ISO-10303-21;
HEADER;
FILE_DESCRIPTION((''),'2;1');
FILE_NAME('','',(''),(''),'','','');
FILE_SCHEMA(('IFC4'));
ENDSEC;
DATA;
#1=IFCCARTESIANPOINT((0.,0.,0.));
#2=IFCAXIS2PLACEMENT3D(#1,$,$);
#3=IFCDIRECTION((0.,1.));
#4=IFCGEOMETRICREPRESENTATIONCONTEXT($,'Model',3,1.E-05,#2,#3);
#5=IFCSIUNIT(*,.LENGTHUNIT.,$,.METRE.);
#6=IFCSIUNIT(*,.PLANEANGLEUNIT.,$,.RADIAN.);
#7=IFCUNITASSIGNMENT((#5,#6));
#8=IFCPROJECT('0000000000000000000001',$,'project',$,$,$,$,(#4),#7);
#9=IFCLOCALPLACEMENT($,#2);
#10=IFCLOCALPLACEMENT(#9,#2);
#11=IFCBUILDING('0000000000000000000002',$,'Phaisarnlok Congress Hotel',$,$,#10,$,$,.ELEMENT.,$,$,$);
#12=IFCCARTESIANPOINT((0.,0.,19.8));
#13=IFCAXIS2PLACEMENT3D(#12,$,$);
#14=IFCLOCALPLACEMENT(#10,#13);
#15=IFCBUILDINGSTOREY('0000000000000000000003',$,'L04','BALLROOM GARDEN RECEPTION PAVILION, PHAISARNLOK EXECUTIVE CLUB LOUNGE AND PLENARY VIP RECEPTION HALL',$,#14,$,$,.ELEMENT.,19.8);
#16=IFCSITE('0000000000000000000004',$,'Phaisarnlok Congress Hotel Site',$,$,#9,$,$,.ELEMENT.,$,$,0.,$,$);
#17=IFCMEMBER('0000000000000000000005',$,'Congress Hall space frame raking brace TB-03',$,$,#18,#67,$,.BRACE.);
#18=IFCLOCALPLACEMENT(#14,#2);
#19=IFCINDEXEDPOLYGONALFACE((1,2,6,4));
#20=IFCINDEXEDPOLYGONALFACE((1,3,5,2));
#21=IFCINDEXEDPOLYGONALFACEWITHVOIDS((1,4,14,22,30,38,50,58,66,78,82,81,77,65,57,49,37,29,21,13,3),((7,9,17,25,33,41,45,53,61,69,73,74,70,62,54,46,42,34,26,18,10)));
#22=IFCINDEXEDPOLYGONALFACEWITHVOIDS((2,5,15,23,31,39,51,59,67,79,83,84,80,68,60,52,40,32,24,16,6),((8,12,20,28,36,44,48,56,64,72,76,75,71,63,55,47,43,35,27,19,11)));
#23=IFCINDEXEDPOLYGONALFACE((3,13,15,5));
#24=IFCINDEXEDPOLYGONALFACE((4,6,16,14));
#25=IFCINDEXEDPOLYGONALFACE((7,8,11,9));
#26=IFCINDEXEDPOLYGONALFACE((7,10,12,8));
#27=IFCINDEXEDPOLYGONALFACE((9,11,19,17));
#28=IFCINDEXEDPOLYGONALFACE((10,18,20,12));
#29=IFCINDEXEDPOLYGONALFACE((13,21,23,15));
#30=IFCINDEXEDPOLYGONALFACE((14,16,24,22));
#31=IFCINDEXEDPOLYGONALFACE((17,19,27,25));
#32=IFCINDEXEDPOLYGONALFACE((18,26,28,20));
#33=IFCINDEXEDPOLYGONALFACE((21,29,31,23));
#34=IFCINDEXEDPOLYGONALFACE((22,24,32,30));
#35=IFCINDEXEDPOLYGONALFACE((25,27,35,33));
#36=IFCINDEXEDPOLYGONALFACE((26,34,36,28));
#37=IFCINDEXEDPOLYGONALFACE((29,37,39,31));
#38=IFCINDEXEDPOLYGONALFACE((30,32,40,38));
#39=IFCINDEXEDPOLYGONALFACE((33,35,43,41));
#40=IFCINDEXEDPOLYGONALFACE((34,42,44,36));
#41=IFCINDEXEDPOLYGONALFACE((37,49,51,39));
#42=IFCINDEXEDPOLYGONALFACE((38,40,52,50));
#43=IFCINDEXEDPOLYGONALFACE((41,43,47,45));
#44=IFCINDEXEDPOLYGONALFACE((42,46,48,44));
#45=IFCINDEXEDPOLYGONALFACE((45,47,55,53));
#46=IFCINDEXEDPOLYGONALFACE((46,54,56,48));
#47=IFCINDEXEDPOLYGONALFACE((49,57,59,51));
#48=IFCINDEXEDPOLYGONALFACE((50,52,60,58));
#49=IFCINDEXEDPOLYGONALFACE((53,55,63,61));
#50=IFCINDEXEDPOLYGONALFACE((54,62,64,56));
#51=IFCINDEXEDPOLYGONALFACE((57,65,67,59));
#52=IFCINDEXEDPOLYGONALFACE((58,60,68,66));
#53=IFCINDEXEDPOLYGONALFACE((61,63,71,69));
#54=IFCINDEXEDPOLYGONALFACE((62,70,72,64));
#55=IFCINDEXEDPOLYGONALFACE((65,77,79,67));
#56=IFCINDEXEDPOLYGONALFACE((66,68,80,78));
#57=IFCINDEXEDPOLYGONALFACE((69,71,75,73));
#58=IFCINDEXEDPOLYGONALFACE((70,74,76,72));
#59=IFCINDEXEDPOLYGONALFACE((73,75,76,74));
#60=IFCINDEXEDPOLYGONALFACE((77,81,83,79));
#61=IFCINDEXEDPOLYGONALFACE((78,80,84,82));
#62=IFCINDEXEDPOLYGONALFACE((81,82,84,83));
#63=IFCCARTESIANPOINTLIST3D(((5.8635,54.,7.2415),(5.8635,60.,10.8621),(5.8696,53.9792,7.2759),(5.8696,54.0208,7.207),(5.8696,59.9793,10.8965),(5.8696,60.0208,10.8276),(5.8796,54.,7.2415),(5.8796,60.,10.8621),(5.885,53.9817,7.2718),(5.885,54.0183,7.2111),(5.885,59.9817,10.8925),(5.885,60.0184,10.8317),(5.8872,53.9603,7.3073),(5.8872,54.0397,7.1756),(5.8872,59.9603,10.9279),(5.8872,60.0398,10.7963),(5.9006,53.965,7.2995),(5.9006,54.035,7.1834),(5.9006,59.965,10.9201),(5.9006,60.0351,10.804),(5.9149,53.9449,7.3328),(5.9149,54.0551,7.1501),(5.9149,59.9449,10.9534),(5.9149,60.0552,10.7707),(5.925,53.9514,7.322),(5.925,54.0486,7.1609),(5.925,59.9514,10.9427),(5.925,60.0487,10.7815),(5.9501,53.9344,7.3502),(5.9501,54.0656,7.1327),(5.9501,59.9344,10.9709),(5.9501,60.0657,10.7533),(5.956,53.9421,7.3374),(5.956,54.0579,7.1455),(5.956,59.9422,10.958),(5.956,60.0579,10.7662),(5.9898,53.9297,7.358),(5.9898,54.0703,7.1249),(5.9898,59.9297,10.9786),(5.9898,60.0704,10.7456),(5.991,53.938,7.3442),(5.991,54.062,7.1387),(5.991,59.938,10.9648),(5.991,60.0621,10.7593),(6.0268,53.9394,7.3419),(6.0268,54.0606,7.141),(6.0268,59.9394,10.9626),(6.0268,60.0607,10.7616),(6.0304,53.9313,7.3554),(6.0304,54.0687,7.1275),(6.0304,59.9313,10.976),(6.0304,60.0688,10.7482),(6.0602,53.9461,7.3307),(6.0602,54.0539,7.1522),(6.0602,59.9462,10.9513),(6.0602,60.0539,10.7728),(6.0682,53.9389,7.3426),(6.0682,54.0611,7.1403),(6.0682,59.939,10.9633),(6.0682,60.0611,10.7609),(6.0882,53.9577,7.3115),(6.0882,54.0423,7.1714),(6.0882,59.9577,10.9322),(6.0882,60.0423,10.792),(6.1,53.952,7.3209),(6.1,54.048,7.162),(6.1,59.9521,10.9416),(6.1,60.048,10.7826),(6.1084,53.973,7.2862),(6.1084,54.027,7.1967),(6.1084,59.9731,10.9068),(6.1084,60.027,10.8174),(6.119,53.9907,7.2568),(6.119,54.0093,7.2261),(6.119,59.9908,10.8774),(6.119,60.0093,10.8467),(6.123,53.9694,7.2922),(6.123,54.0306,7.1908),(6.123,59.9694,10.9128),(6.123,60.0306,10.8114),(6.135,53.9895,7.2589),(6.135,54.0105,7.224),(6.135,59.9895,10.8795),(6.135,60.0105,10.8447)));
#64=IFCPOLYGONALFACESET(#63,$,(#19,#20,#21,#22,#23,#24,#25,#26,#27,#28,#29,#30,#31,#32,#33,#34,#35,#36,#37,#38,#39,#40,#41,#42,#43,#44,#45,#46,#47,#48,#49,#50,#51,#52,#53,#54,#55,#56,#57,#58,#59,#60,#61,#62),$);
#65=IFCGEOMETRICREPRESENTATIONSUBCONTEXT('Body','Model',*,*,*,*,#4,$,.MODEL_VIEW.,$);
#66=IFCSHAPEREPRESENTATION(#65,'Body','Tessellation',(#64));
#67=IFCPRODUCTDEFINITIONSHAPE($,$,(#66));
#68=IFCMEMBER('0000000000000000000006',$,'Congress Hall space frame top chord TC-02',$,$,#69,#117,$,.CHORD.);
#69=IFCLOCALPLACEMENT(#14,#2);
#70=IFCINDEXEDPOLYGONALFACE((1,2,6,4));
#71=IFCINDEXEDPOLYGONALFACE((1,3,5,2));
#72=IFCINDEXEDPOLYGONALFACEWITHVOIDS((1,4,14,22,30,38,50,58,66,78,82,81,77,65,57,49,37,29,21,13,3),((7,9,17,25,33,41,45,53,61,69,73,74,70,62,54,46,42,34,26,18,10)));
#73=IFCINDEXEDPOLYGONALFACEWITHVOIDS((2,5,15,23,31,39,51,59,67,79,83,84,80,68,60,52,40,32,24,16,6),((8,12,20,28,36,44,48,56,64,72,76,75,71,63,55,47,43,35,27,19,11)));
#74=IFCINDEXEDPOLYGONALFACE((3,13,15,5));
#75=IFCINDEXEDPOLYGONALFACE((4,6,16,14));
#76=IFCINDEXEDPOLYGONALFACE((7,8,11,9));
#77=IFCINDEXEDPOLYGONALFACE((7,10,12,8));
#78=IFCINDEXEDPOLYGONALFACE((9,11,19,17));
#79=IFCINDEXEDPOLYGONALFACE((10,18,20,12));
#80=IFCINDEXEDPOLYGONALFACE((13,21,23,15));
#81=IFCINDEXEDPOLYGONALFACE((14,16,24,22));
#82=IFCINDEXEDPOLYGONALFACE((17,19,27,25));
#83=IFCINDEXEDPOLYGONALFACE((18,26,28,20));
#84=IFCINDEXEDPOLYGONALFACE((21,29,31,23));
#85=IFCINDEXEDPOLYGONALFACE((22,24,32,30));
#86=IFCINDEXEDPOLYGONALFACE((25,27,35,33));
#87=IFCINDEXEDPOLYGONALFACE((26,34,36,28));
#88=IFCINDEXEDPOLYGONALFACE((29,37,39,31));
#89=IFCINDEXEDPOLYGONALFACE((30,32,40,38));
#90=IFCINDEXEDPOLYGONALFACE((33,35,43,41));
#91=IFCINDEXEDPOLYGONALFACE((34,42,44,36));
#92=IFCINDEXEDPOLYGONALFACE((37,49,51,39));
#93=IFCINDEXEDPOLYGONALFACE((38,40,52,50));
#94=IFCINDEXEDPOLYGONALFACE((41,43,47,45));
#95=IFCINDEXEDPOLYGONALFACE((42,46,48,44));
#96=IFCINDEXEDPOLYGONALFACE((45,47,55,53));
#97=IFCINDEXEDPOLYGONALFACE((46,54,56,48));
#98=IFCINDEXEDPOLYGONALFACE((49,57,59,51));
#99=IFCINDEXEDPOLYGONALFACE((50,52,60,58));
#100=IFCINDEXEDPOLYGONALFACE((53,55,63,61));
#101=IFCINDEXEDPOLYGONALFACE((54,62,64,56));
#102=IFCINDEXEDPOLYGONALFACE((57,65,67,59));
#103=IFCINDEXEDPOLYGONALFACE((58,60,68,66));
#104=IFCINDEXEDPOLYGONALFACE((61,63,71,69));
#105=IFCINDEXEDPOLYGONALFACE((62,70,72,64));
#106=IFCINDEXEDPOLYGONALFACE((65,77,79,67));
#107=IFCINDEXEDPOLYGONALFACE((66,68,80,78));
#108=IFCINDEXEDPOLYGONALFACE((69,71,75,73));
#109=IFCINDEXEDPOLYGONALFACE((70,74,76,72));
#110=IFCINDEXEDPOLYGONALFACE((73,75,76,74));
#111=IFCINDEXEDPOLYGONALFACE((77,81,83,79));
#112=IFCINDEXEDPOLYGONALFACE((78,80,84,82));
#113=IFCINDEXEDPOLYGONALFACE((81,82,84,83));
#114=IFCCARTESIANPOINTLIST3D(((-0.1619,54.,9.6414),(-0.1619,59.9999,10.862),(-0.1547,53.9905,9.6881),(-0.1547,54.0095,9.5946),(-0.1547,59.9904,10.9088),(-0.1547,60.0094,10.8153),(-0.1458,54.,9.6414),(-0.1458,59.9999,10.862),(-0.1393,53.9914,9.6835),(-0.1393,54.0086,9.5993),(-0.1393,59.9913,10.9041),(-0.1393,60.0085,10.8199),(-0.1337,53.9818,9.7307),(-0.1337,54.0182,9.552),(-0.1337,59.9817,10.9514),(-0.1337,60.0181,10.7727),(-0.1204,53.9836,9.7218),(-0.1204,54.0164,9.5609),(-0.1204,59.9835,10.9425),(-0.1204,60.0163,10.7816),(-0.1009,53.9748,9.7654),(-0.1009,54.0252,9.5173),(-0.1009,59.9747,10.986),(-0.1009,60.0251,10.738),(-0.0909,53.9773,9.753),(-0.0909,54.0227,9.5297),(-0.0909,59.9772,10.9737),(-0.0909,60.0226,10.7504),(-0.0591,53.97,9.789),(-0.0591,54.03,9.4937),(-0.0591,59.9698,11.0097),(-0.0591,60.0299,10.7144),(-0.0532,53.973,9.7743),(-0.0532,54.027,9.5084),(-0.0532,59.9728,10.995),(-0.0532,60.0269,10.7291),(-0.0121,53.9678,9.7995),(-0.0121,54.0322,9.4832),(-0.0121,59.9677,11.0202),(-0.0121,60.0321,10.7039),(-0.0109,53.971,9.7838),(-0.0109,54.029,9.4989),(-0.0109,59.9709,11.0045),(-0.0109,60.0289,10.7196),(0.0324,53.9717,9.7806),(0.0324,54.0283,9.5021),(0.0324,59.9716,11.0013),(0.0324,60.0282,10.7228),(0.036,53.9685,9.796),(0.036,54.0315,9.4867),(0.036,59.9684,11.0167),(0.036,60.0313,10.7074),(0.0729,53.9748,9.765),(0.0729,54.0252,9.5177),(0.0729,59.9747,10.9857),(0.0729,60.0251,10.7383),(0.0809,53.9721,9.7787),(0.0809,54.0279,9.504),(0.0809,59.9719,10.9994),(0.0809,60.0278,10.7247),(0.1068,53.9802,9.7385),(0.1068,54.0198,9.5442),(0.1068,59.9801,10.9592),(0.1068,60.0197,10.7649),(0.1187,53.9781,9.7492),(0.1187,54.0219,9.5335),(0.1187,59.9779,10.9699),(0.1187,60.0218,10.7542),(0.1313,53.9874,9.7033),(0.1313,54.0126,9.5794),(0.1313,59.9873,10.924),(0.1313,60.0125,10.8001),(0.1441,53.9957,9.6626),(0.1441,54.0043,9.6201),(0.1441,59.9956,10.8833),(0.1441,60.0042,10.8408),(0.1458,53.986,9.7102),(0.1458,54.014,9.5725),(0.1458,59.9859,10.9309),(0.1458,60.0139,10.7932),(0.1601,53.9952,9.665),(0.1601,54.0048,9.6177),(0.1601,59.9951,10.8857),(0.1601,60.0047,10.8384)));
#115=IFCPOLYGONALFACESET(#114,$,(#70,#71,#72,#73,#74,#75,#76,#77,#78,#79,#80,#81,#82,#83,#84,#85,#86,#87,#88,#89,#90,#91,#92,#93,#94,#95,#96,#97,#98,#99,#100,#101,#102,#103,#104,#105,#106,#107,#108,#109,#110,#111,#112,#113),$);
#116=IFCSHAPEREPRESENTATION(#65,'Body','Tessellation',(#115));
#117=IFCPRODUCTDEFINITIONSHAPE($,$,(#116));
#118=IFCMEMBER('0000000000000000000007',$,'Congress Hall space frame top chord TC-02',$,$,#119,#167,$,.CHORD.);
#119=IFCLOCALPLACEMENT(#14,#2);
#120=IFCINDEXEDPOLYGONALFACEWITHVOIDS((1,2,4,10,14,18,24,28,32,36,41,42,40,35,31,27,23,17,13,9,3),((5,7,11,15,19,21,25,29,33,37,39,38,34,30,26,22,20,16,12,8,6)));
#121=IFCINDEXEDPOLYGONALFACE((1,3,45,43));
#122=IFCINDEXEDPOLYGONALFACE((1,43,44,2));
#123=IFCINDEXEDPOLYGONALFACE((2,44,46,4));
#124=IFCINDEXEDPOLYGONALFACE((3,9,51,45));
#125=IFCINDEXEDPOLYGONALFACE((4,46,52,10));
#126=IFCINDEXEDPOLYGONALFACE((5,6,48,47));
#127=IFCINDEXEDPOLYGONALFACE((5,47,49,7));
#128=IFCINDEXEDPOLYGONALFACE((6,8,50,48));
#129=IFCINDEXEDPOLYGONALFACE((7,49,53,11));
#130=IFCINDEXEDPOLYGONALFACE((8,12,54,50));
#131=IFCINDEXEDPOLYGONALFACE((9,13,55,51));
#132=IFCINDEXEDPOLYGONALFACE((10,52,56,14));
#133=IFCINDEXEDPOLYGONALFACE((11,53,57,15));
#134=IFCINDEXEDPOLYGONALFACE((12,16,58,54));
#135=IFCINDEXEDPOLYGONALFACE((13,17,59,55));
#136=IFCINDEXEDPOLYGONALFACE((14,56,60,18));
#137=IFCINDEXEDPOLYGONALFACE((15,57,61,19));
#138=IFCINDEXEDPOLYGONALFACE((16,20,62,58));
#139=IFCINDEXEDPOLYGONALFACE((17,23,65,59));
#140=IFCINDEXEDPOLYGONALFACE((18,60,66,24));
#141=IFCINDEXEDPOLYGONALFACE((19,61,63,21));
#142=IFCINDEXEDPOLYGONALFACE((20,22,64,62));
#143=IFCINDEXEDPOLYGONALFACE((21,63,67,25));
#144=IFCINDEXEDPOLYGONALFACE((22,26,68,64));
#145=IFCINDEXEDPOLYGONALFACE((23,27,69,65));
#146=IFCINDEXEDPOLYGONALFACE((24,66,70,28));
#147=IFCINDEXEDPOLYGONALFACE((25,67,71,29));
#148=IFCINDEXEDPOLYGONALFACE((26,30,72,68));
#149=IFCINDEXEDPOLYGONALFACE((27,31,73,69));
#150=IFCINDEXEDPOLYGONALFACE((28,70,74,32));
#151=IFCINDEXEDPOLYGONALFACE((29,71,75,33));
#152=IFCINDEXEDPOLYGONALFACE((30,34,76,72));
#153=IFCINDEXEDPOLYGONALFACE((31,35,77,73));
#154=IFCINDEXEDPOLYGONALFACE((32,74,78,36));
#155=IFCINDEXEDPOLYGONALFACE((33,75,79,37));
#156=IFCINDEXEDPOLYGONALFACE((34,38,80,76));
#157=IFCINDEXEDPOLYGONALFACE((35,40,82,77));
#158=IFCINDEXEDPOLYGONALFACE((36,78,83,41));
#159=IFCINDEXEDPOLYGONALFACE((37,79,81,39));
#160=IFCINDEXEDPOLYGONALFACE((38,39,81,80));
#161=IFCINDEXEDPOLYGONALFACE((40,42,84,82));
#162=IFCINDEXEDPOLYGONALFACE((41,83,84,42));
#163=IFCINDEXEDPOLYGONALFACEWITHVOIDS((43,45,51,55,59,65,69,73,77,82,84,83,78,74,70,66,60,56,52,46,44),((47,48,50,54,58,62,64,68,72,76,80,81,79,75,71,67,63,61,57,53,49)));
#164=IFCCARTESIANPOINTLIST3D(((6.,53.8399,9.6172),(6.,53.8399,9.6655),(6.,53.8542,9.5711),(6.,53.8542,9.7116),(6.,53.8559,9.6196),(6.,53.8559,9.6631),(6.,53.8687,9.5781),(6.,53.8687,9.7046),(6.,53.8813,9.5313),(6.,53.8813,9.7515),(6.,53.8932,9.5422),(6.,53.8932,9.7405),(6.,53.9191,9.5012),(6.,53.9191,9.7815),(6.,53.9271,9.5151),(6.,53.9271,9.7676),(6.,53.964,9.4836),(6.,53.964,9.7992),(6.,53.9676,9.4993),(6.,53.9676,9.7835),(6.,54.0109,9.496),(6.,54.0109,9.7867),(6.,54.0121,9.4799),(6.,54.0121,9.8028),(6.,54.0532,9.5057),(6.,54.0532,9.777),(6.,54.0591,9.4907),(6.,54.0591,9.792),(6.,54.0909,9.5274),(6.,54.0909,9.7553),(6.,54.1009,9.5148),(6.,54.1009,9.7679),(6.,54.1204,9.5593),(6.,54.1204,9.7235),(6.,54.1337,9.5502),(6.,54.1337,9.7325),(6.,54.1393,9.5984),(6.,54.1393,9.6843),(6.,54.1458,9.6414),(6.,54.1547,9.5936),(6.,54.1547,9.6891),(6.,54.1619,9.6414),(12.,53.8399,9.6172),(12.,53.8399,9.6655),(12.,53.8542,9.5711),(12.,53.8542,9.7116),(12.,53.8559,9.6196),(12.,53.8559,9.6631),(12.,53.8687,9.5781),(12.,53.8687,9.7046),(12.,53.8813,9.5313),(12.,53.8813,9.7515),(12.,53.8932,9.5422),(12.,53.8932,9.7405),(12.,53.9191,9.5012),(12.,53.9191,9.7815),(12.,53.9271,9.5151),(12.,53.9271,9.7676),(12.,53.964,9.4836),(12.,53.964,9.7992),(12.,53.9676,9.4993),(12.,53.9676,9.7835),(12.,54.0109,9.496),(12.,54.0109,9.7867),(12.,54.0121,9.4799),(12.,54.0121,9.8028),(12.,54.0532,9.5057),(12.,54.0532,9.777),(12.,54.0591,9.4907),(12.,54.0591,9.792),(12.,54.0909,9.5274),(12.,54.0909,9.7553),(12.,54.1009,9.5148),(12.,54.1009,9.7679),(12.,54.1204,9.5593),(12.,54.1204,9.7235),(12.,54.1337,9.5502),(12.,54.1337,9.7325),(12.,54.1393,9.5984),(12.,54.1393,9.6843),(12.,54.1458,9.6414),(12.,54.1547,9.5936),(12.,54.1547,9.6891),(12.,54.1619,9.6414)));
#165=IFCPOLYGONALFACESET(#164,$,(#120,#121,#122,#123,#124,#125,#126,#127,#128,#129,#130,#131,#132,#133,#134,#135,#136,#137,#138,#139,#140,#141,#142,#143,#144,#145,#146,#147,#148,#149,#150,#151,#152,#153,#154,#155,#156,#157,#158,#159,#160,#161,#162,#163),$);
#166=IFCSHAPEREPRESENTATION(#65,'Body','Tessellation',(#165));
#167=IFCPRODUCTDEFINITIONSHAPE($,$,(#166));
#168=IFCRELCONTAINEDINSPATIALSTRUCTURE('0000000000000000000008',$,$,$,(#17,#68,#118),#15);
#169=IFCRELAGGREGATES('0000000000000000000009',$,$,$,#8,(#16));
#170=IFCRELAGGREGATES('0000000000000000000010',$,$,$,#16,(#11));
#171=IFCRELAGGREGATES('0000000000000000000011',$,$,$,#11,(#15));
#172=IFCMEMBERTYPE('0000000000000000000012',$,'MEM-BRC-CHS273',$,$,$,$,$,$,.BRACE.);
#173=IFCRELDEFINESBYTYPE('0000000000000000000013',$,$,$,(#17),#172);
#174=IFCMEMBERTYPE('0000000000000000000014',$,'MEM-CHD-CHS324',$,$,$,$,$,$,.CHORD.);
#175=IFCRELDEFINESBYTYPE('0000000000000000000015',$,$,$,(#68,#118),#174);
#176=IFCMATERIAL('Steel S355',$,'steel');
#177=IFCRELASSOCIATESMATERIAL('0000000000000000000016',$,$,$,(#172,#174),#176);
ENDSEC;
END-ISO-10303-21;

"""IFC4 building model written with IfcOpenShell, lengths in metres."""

from ifc_helpers import new_model, si_unit, direction, frame, origin, origin_2d, place, context, subcontext, project, spatial, hollow_circle, extrude, material, material_profile, profile_set, type_object, element, save


model = new_model("IFC4")

# Units and contexts
model_context = context("Model", 3, precision=1e-05, world=origin(), true_north=direction((0.0, 1.0)))
body_context = subcontext(model_context, "Body", "Model", "MODEL_VIEW")
ifc_project = project(units=[si_unit("LENGTHUNIT", "METRE"), si_unit("PLANEANGLEUNIT", "RADIAN")], contexts=[model_context])

# Site, building, storey
site_placement = place(None, origin())
site = spatial("IfcSite", under=ifc_project, at=site_placement, Name="Phaisarnlok Congress Hotel Site", CompositionType="ELEMENT", RefElevation=0.0)
building_placement = place(site_placement, origin())
building = spatial("IfcBuilding", under=site, at=building_placement, Name="Phaisarnlok Congress Hotel", CompositionType="ELEMENT")
storey_placement = place(building_placement, frame((0.0, 0.0, 19.8)))
storey = spatial("IfcBuildingStorey", under=building, at=storey_placement, Name="L04", Description="BALLROOM GARDEN RECEPTION PAVILION, PHAISARNLOK EXECUTIVE CLUB LOUNGE AND PLENARY VIP RECEPTION HALL", CompositionType="ELEMENT", Elevation=19.8)

# Members
ifc_material_1 = material(Name="Steel S355", Category="steel")
ifc_material_profile_1 = material_profile(ifc_material_1, hollow_circle(Radius=0.1365, WallThickness=0.0161, at=origin_2d()), Name="CHS 273x16")
ifc_profile_set_1 = profile_set([ifc_material_profile_1], Name="Steel S355")
member_type_1 = type_object("IfcMemberType", Name="MEM-BRC-CHS273", PredefinedType="BRACE", material=ifc_profile_set_1)
for number, where, z_axis, x_axis, name in (
    (1, (6.0, 54.0, 7.2415), (0.0, 0.856193, 0.516656), (-1.0, 0.0, 0.0), "Congress Hall space frame raking brace TB-03"),
):
    element("IfcMember", number, at=place(storey_placement, frame(where, z_axis=z_axis, x_axis=x_axis)), inside=storey, type_object=member_type_1, Name=name, PredefinedType="BRACE", context=body_context, shape_type="SweptSolid", body=[
        extrude(hollow_circle(Radius=0.1365, WallThickness=0.0161, at=origin_2d()), origin(), (0.0, 0.0, 1.0), 7.0078),
    ])
ifc_material_profile_2 = material_profile(ifc_material_1, hollow_circle(Radius=0.1619, WallThickness=0.0161, at=origin_2d()), Name="CHS 323.9x16")
ifc_profile_set_2 = profile_set([ifc_material_profile_2], Name="Steel S355")
member_type_2 = type_object("IfcMemberType", Name="MEM-CHD-CHS324", PredefinedType="CHORD", material=ifc_profile_set_2)
member_1_placement = place(storey_placement, frame((0.0, 54.0, 9.6414), z_axis=(0.0, 0.979925, 0.199366), x_axis=(-1.0, 0.0, 0.0)))
element("IfcMember", 2, at=member_1_placement, inside=storey, type_object=member_type_2, Name="Congress Hall space frame top chord TC-02", PredefinedType="CHORD", context=body_context, shape_type="SweptSolid", body=[
    extrude(hollow_circle(Radius=0.1619, WallThickness=0.0161, at=origin_2d()), origin(), (0.0, 0.0, 1.0), 6.1228),
])
member_2_placement = place(storey_placement, frame((6.0, 54.0, 9.6414), z_axis=(1.0, 0.0, 0.0), x_axis=(0.0, 1.0, 0.0)))
element("IfcMember", 3, at=member_2_placement, inside=storey, type_object=member_type_2, Name="Congress Hall space frame top chord TC-02", PredefinedType="CHORD", context=body_context, shape_type="SweptSolid", body=[
    extrude(hollow_circle(Radius=0.1619, WallThickness=0.0161, at=origin_2d()), origin(), (0.0, 0.0, 1.0), 6.0),
])

save(model, "model.ifc")
